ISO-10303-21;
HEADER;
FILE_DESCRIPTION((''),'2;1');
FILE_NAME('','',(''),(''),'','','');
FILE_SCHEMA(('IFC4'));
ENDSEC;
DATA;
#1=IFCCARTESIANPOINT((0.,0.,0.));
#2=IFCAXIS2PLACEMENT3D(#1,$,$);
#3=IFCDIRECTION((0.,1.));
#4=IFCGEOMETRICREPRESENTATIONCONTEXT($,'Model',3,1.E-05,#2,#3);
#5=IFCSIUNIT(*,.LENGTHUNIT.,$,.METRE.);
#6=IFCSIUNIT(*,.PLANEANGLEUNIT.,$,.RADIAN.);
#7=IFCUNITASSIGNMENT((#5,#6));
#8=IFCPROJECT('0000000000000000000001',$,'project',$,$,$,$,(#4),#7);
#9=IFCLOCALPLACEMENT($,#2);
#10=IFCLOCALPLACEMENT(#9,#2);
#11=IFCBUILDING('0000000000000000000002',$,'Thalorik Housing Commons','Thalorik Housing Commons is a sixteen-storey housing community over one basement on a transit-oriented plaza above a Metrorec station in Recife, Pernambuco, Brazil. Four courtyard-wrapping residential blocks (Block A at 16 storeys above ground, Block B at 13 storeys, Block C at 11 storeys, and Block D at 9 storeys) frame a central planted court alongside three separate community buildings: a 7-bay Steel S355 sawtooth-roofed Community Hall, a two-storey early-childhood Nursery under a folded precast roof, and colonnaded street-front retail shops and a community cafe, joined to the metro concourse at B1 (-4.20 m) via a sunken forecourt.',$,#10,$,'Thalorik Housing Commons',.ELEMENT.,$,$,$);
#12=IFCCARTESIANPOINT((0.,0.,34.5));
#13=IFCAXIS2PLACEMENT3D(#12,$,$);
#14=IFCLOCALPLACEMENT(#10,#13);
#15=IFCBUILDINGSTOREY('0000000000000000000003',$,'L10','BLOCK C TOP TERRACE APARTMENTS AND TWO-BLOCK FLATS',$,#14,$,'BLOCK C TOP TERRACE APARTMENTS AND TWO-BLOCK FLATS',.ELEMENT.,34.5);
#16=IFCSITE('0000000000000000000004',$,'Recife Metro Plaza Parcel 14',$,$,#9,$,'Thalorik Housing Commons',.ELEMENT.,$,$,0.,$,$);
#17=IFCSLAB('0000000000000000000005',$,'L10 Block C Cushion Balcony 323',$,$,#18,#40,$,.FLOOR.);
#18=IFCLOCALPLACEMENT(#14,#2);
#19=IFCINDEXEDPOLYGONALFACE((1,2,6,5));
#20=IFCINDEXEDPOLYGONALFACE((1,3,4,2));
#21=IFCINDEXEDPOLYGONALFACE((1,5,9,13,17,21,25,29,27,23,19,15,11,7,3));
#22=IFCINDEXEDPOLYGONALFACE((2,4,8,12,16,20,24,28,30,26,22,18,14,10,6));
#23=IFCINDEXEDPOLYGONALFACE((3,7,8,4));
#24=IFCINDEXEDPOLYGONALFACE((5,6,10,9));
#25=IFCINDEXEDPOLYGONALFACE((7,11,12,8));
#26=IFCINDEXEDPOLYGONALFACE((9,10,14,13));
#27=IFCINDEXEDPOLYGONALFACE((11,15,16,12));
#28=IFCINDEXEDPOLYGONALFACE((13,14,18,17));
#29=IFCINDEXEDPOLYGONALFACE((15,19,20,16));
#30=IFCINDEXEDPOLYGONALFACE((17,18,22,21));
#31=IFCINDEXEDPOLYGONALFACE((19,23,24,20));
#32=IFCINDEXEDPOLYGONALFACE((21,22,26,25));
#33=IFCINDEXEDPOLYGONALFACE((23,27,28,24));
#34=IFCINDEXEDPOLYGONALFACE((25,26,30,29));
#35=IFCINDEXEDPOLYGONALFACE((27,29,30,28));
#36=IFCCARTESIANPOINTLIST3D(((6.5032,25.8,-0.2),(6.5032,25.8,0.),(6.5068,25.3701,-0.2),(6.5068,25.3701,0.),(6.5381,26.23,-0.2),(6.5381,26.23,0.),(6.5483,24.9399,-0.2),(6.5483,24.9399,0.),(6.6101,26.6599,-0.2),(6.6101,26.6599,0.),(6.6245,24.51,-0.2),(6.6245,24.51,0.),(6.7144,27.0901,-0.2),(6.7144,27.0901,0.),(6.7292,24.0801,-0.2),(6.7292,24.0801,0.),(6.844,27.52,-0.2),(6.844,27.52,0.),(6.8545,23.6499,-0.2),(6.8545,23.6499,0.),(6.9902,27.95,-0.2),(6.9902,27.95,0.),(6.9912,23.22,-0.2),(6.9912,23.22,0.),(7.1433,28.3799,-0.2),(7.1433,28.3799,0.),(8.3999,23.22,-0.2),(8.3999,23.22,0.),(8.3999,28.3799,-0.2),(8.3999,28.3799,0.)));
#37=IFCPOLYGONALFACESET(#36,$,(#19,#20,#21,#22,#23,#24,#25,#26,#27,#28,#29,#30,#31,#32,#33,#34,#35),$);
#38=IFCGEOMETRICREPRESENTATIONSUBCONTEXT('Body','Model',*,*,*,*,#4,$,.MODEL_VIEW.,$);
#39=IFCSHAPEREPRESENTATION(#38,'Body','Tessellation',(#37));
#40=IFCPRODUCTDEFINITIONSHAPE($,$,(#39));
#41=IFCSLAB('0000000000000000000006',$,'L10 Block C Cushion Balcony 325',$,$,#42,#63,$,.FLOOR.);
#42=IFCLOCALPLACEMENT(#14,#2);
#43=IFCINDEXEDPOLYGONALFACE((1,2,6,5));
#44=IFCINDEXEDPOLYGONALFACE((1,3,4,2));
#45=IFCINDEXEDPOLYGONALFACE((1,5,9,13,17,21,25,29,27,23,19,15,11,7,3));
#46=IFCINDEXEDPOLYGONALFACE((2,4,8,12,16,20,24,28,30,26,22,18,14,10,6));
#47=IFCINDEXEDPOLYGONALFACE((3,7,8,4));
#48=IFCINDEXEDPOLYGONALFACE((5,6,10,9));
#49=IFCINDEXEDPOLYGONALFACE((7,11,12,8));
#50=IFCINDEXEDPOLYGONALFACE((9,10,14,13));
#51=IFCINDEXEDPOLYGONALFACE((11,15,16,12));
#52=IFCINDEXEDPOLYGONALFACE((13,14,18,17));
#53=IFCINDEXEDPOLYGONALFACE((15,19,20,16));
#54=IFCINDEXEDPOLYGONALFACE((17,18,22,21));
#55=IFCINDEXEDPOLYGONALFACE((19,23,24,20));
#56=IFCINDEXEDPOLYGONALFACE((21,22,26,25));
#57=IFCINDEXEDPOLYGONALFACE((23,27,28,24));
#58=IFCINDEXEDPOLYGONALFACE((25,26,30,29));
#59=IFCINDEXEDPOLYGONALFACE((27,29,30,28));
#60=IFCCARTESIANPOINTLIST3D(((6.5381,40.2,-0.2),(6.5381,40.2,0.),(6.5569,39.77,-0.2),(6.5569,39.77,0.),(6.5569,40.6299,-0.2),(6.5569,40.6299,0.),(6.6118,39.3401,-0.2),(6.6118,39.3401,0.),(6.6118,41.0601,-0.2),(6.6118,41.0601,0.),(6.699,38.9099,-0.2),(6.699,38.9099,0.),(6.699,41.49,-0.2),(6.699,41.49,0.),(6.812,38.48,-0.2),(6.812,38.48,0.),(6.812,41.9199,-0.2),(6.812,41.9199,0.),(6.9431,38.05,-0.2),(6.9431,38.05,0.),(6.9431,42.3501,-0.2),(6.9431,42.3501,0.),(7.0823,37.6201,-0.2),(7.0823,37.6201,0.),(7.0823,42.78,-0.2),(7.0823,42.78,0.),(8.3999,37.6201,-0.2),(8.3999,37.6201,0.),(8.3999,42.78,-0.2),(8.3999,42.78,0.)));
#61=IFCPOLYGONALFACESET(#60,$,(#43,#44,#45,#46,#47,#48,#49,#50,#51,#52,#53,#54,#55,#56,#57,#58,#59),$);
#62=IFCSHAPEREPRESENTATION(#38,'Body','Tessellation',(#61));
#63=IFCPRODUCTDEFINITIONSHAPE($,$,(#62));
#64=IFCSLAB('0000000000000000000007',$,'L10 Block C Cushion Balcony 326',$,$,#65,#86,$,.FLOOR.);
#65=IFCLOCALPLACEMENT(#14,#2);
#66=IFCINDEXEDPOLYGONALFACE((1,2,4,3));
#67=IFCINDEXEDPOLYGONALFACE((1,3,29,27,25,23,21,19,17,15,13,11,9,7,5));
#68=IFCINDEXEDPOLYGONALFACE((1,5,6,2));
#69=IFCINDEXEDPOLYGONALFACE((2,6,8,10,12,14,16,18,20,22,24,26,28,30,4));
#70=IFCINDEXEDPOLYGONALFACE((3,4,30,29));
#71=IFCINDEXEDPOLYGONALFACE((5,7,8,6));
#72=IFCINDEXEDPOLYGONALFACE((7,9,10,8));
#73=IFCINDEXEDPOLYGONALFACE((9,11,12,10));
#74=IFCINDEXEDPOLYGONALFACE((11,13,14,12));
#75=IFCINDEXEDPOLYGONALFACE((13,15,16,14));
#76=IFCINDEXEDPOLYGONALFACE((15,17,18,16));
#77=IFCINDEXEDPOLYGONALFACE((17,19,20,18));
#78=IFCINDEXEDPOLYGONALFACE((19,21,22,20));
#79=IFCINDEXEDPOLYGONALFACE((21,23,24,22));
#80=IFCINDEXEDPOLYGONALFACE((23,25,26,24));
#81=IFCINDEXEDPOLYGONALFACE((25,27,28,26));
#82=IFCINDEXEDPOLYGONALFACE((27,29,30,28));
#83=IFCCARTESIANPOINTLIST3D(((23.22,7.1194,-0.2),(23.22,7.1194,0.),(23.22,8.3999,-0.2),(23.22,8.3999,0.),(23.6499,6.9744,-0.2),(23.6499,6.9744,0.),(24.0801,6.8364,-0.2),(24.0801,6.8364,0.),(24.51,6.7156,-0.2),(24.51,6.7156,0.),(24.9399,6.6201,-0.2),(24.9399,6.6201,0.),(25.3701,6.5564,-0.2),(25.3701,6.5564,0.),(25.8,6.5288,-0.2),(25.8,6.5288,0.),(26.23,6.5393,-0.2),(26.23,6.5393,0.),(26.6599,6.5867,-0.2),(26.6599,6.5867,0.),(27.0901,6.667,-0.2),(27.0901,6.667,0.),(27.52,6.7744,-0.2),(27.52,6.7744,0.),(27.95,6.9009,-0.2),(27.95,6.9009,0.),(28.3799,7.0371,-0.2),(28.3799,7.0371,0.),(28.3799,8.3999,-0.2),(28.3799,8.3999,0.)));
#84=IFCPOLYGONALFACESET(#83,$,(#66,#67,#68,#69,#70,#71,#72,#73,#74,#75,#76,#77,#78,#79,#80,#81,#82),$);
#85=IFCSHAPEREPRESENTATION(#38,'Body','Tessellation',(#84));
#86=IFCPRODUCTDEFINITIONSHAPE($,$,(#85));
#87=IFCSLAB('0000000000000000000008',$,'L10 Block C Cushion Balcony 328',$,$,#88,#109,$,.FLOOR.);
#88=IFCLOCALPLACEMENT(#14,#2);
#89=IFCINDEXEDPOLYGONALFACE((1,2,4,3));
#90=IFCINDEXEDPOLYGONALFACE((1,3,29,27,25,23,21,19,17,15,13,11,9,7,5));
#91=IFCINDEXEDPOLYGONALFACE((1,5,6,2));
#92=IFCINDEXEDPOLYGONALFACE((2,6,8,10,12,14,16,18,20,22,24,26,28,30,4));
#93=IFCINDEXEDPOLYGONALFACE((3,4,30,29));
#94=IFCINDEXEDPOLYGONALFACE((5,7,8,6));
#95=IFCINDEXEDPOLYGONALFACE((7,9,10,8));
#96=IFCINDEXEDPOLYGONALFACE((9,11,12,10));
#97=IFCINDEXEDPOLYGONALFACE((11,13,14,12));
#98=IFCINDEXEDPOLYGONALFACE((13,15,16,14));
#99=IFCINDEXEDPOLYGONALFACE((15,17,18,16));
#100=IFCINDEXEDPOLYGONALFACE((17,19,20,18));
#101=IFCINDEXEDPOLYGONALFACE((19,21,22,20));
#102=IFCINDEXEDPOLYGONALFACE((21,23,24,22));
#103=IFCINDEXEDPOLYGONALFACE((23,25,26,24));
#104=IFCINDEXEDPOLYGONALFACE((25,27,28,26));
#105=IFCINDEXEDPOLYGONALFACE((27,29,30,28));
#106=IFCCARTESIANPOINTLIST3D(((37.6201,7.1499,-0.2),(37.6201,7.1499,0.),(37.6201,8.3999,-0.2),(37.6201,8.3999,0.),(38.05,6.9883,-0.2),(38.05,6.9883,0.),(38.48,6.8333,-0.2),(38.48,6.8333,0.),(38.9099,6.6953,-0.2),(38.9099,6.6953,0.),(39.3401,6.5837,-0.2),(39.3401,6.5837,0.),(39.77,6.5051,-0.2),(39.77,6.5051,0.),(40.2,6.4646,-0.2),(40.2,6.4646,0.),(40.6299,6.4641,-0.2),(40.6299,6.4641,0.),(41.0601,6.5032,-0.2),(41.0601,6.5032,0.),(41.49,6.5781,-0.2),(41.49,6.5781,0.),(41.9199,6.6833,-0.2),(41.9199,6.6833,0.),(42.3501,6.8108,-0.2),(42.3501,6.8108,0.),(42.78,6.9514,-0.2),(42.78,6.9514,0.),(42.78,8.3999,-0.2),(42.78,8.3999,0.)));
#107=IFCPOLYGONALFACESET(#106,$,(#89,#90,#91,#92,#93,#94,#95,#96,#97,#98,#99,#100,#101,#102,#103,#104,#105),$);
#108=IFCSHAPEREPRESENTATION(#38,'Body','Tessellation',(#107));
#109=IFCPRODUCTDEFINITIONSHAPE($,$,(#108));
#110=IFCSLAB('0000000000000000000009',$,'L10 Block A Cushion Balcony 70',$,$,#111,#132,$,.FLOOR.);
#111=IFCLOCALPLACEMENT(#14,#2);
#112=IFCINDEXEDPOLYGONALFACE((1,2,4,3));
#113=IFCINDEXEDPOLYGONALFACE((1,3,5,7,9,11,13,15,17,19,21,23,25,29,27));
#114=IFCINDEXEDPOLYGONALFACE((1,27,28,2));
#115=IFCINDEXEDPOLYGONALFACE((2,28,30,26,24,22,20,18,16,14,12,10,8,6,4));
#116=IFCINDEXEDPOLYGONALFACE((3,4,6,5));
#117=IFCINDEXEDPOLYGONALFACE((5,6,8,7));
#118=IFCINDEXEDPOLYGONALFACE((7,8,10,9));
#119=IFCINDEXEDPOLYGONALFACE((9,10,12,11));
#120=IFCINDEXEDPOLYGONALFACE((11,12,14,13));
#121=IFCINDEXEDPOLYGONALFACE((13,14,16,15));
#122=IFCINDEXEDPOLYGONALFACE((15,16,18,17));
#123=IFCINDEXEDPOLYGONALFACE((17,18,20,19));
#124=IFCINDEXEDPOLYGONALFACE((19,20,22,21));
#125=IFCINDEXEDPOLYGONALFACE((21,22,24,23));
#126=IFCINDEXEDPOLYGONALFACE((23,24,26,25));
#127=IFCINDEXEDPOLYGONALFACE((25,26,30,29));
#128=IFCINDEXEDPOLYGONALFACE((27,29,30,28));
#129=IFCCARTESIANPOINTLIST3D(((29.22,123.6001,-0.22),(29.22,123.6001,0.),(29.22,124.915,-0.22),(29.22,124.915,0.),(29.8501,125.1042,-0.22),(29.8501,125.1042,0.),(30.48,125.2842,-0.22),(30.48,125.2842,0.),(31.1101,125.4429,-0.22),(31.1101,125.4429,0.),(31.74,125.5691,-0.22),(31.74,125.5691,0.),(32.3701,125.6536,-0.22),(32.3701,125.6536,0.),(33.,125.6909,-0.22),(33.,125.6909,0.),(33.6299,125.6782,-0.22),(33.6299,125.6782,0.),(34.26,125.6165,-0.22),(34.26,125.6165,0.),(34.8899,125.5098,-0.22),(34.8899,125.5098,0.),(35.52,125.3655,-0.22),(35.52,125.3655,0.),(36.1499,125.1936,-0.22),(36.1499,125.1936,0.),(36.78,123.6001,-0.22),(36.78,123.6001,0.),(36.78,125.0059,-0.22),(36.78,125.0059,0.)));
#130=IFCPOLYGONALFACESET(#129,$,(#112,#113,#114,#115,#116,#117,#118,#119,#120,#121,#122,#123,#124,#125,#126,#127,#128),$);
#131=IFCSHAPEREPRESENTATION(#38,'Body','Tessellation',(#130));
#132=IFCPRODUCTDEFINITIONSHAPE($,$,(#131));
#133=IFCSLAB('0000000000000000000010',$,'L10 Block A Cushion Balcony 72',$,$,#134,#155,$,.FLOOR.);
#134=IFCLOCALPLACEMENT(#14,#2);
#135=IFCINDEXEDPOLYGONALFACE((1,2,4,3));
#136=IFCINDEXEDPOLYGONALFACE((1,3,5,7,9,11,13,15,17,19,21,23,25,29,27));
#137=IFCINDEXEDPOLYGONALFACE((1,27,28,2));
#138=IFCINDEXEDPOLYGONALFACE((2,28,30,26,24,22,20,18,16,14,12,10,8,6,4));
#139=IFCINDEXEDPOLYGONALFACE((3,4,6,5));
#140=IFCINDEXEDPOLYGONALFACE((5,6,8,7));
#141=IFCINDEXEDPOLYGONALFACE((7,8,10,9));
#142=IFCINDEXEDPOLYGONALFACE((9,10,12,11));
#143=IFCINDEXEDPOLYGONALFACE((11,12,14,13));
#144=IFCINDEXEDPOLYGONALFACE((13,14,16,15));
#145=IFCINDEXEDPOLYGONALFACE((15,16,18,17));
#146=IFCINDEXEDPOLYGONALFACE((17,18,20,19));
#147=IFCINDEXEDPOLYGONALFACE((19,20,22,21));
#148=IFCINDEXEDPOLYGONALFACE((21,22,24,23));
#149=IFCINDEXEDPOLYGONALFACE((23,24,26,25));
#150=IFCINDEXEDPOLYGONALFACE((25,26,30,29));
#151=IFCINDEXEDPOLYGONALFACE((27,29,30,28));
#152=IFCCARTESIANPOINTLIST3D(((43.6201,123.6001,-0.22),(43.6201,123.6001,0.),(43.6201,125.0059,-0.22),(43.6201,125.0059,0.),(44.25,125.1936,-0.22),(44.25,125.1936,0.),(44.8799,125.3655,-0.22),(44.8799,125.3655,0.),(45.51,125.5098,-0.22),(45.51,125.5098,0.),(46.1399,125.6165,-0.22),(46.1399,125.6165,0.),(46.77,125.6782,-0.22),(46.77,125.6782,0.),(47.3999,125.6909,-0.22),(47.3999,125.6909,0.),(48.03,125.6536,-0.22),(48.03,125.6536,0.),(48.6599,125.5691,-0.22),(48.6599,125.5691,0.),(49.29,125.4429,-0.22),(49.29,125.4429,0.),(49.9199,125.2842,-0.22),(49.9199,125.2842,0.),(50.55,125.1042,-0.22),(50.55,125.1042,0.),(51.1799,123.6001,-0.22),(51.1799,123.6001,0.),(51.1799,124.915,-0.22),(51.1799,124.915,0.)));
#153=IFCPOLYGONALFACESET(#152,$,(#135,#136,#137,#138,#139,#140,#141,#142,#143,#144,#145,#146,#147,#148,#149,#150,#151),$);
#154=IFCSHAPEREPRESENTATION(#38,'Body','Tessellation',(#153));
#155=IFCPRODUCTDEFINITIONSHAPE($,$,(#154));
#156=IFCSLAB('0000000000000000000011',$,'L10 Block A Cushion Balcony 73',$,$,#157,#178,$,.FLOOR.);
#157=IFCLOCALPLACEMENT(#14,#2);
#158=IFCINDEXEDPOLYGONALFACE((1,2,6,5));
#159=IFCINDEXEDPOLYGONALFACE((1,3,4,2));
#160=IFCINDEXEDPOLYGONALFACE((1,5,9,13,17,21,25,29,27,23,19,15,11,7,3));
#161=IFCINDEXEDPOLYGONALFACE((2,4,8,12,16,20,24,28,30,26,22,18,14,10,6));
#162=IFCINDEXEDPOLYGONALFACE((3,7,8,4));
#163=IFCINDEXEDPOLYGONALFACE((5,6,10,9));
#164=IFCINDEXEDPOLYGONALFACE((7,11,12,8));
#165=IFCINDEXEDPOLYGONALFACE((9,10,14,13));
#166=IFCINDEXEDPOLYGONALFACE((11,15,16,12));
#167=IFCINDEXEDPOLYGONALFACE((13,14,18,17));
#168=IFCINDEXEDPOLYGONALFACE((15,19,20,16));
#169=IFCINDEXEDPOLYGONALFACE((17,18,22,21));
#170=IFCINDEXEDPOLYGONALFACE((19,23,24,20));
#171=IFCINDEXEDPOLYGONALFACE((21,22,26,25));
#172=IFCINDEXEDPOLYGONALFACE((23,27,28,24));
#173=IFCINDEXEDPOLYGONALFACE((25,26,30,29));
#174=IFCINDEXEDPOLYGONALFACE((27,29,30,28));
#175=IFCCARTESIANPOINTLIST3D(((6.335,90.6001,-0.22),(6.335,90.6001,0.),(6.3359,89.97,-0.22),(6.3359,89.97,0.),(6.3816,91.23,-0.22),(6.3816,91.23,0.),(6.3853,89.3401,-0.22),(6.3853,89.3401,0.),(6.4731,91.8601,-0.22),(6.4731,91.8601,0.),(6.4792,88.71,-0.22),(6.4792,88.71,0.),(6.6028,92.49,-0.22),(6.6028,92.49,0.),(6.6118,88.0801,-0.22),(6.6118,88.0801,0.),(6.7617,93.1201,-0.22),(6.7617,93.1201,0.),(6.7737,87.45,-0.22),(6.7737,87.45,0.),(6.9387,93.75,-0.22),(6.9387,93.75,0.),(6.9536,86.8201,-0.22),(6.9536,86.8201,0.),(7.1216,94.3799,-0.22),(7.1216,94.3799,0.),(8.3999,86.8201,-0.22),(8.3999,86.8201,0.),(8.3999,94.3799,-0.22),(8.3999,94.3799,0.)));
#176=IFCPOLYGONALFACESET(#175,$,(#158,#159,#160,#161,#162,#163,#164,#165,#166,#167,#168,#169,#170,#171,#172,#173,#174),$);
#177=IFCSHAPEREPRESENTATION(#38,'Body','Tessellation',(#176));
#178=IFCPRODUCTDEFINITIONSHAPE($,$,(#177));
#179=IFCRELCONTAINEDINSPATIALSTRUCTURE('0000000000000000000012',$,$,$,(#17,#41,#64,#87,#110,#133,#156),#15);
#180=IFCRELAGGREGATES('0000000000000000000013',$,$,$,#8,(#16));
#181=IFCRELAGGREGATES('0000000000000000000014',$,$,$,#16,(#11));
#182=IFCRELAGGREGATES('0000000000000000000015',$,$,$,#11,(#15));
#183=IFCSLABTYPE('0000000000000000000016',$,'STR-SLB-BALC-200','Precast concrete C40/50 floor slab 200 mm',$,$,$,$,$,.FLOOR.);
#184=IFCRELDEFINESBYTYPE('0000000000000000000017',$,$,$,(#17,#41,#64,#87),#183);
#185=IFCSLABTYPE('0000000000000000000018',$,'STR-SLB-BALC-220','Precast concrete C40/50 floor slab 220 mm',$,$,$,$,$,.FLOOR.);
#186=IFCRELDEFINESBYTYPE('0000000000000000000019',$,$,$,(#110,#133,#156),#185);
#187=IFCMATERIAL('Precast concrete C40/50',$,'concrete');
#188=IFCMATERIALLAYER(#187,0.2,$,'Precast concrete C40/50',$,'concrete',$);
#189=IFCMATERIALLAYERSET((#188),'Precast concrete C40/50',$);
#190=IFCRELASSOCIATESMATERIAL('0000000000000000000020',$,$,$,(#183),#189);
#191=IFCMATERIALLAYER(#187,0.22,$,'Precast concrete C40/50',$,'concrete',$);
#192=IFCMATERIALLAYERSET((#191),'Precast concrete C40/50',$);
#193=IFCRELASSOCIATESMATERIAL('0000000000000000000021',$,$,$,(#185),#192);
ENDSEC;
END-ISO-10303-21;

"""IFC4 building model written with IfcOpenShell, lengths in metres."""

from ifc_helpers import new_model, si_unit, direction, frame, origin, place, context, subcontext, project, spatial, polyline, outline, extrude, material, layer, layer_set, type_object, element, save


model = new_model("IFC4")

# Units and contexts
model_context = context("Model", 3, precision=1e-05, world=origin(), true_north=direction((0.0, 1.0)))
body_context = subcontext(model_context, "Body", "Model", "MODEL_VIEW")
ifc_project = project(units=[si_unit("LENGTHUNIT", "METRE"), si_unit("PLANEANGLEUNIT", "RADIAN")], contexts=[model_context])

# Site, building, storey
site_placement = place(None, origin())
site = spatial("IfcSite", under=ifc_project, at=site_placement, Name="Recife Metro Plaza Parcel 14", LongName="Thalorik Housing Commons", CompositionType="ELEMENT", RefElevation=0.0)
building_placement = place(site_placement, origin())
building = spatial("IfcBuilding", under=site, at=building_placement, Name="Thalorik Housing Commons", Description="Thalorik Housing Commons is a sixteen-storey housing community over one basement on a transit-oriented plaza above a Metrorec station in Recife, Pernambuco, Brazil. Four courtyard-wrapping residential blocks (Block A at 16 storeys above ground, Block B at 13 storeys, Block C at 11 storeys, and Block D at 9 storeys) frame a central planted court alongside three separate community buildings: a 7-bay Steel S355 sawtooth-roofed Community Hall, a two-storey early-childhood Nursery under a folded precast roof, and colonnaded street-front retail shops and a community cafe, joined to the metro concourse at B1 (-4.20 m) via a sunken forecourt.", LongName="Thalorik Housing Commons", CompositionType="ELEMENT")
storey_placement = place(building_placement, frame((0.0, 0.0, 34.5)))
storey = spatial("IfcBuildingStorey", under=building, at=storey_placement, Name="L10", Description="BLOCK C TOP TERRACE APARTMENTS AND TWO-BLOCK FLATS", LongName="BLOCK C TOP TERRACE APARTMENTS AND TWO-BLOCK FLATS", CompositionType="ELEMENT", Elevation=34.5)

# Slabs
ifc_material_1 = material(Name="Precast concrete C40/50", Category="concrete")
ifc_layer_1 = layer(ifc_material_1, 0.2, Name="Precast concrete C40/50", Category="concrete")
ifc_layer_set_1 = layer_set([ifc_layer_1], Name="Precast concrete C40/50")
slab_type_1 = type_object("IfcSlabType", Name="STR-SLB-BALC-200", Description="Precast concrete C40/50 floor slab 200 mm", PredefinedType="FLOOR", material=ifc_layer_set_1)
slab_1_placement = place(storey_placement, frame((0.0, 0.0, -0.2)))
element("IfcSlab", 1, at=slab_1_placement, inside=storey, type_object=slab_type_1, Name="L10 Block C Cushion Balcony 323", PredefinedType="FLOOR", context=body_context, shape_type="SweptSolid", body=[
    extrude(outline(polyline([(8.3999, 23.22), (8.3999, 28.3799), (7.1433, 28.3799), (6.9902, 27.95), (6.844, 27.52), (6.7144, 27.0901), (6.6101, 26.6599), (6.5381, 26.23), (6.5032, 25.8), (6.5068, 25.3701), (6.5483, 24.9399), (6.6245, 24.51), (6.7292, 24.0801), (6.8545, 23.6499), (6.9912, 23.22), (8.3999, 23.22)])), origin(), (0.0, 0.0, 1.0), 0.2),
])
slab_2_placement = place(storey_placement, frame((0.0, 0.0, -0.2)))
element("IfcSlab", 2, at=slab_2_placement, inside=storey, type_object=slab_type_1, Name="L10 Block C Cushion Balcony 325", PredefinedType="FLOOR", context=body_context, shape_type="SweptSolid", body=[
    extrude(outline(polyline([(8.3999, 37.6201), (8.3999, 42.78), (7.0823, 42.78), (6.9431, 42.3501), (6.812, 41.9199), (6.699, 41.49), (6.6118, 41.0601), (6.5569, 40.6299), (6.5381, 40.2), (6.5569, 39.77), (6.6118, 39.3401), (6.699, 38.9099), (6.812, 38.48), (6.9431, 38.05), (7.0823, 37.6201), (8.3999, 37.6201)])), origin(), (0.0, 0.0, 1.0), 0.2),
])
slab_3_placement = place(storey_placement, frame((0.0, 0.0, -0.2)))
element("IfcSlab", 3, at=slab_3_placement, inside=storey, type_object=slab_type_1, Name="L10 Block C Cushion Balcony 326", PredefinedType="FLOOR", context=body_context, shape_type="SweptSolid", body=[
    extrude(outline(polyline([(23.22, 7.1194), (23.6499, 6.9744), (24.0801, 6.8364), (24.51, 6.7156), (24.9399, 6.6201), (25.3701, 6.5564), (25.8, 6.5288), (26.23, 6.5393), (26.6599, 6.5867), (27.0901, 6.667), (27.52, 6.7744), (27.95, 6.9009), (28.3799, 7.0371), (28.3799, 8.3999), (23.22, 8.3999), (23.22, 7.1194)])), origin(), (0.0, 0.0, 1.0), 0.2),
])
slab_4_placement = place(storey_placement, frame((0.0, 0.0, -0.2)))
element("IfcSlab", 4, at=slab_4_placement, inside=storey, type_object=slab_type_1, Name="L10 Block C Cushion Balcony 328", PredefinedType="FLOOR", context=body_context, shape_type="SweptSolid", body=[
    extrude(outline(polyline([(37.6201, 7.1499), (38.05, 6.9883), (38.48, 6.8333), (38.9099, 6.6953), (39.3401, 6.5837), (39.77, 6.5051), (40.2, 6.4646), (40.6299, 6.4641), (41.0601, 6.5032), (41.49, 6.5781), (41.9199, 6.6833), (42.3501, 6.8108), (42.78, 6.9514), (42.78, 8.3999), (37.6201, 8.3999), (37.6201, 7.1499)])), origin(), (0.0, 0.0, 1.0), 0.2),
])
ifc_layer_2 = layer(ifc_material_1, 0.22, Name="Precast concrete C40/50", Category="concrete")
ifc_layer_set_2 = layer_set([ifc_layer_2], Name="Precast concrete C40/50")
slab_type_2 = type_object("IfcSlabType", Name="STR-SLB-BALC-220", Description="Precast concrete C40/50 floor slab 220 mm", PredefinedType="FLOOR", material=ifc_layer_set_2)
slab_5_placement = place(storey_placement, frame((0.0, 0.0, -0.22)))
element("IfcSlab", 5, at=slab_5_placement, inside=storey, type_object=slab_type_2, Name="L10 Block A Cushion Balcony 70", PredefinedType="FLOOR", context=body_context, shape_type="SweptSolid", body=[
    extrude(outline(polyline([(29.22, 123.6001), (36.78, 123.6001), (36.78, 125.0059), (36.1499, 125.1936), (35.52, 125.3655), (34.8899, 125.5098), (34.26, 125.6165), (33.6299, 125.6782), (33.0, 125.6909), (32.3701, 125.6536), (31.74, 125.5691), (31.1101, 125.4429), (30.48, 125.2842), (29.8501, 125.1042), (29.22, 124.915), (29.22, 123.6001)])), origin(), (0.0, 0.0, 1.0), 0.22),
])
slab_6_placement = place(storey_placement, frame((0.0, 0.0, -0.22)))
element("IfcSlab", 6, at=slab_6_placement, inside=storey, type_object=slab_type_2, Name="L10 Block A Cushion Balcony 72", PredefinedType="FLOOR", context=body_context, shape_type="SweptSolid", body=[
    extrude(outline(polyline([(43.6201, 123.6001), (51.1799, 123.6001), (51.1799, 124.915), (50.55, 125.1042), (49.9199, 125.2842), (49.29, 125.4429), (48.6599, 125.5691), (48.03, 125.6536), (47.3999, 125.6909), (46.77, 125.6782), (46.1399, 125.6165), (45.51, 125.5098), (44.8799, 125.3655), (44.25, 125.1936), (43.6201, 125.0059), (43.6201, 123.6001)])), origin(), (0.0, 0.0, 1.0), 0.22),
])
slab_7_placement = place(storey_placement, frame((0.0, 0.0, -0.22)))
element("IfcSlab", 7, at=slab_7_placement, inside=storey, type_object=slab_type_2, Name="L10 Block A Cushion Balcony 73", PredefinedType="FLOOR", context=body_context, shape_type="SweptSolid", body=[
    extrude(outline(polyline([(8.3999, 86.8201), (8.3999, 94.3799), (7.1216, 94.3799), (6.9387, 93.75), (6.7617, 93.1201), (6.6028, 92.49), (6.4731, 91.8601), (6.3816, 91.23), (6.335, 90.6001), (6.3359, 89.97), (6.3853, 89.3401), (6.4792, 88.71), (6.6118, 88.0801), (6.7737, 87.45), (6.9536, 86.8201), (8.3999, 86.8201)])), origin(), (0.0, 0.0, 1.0), 0.22),
])

save(model, "model.ifc")
